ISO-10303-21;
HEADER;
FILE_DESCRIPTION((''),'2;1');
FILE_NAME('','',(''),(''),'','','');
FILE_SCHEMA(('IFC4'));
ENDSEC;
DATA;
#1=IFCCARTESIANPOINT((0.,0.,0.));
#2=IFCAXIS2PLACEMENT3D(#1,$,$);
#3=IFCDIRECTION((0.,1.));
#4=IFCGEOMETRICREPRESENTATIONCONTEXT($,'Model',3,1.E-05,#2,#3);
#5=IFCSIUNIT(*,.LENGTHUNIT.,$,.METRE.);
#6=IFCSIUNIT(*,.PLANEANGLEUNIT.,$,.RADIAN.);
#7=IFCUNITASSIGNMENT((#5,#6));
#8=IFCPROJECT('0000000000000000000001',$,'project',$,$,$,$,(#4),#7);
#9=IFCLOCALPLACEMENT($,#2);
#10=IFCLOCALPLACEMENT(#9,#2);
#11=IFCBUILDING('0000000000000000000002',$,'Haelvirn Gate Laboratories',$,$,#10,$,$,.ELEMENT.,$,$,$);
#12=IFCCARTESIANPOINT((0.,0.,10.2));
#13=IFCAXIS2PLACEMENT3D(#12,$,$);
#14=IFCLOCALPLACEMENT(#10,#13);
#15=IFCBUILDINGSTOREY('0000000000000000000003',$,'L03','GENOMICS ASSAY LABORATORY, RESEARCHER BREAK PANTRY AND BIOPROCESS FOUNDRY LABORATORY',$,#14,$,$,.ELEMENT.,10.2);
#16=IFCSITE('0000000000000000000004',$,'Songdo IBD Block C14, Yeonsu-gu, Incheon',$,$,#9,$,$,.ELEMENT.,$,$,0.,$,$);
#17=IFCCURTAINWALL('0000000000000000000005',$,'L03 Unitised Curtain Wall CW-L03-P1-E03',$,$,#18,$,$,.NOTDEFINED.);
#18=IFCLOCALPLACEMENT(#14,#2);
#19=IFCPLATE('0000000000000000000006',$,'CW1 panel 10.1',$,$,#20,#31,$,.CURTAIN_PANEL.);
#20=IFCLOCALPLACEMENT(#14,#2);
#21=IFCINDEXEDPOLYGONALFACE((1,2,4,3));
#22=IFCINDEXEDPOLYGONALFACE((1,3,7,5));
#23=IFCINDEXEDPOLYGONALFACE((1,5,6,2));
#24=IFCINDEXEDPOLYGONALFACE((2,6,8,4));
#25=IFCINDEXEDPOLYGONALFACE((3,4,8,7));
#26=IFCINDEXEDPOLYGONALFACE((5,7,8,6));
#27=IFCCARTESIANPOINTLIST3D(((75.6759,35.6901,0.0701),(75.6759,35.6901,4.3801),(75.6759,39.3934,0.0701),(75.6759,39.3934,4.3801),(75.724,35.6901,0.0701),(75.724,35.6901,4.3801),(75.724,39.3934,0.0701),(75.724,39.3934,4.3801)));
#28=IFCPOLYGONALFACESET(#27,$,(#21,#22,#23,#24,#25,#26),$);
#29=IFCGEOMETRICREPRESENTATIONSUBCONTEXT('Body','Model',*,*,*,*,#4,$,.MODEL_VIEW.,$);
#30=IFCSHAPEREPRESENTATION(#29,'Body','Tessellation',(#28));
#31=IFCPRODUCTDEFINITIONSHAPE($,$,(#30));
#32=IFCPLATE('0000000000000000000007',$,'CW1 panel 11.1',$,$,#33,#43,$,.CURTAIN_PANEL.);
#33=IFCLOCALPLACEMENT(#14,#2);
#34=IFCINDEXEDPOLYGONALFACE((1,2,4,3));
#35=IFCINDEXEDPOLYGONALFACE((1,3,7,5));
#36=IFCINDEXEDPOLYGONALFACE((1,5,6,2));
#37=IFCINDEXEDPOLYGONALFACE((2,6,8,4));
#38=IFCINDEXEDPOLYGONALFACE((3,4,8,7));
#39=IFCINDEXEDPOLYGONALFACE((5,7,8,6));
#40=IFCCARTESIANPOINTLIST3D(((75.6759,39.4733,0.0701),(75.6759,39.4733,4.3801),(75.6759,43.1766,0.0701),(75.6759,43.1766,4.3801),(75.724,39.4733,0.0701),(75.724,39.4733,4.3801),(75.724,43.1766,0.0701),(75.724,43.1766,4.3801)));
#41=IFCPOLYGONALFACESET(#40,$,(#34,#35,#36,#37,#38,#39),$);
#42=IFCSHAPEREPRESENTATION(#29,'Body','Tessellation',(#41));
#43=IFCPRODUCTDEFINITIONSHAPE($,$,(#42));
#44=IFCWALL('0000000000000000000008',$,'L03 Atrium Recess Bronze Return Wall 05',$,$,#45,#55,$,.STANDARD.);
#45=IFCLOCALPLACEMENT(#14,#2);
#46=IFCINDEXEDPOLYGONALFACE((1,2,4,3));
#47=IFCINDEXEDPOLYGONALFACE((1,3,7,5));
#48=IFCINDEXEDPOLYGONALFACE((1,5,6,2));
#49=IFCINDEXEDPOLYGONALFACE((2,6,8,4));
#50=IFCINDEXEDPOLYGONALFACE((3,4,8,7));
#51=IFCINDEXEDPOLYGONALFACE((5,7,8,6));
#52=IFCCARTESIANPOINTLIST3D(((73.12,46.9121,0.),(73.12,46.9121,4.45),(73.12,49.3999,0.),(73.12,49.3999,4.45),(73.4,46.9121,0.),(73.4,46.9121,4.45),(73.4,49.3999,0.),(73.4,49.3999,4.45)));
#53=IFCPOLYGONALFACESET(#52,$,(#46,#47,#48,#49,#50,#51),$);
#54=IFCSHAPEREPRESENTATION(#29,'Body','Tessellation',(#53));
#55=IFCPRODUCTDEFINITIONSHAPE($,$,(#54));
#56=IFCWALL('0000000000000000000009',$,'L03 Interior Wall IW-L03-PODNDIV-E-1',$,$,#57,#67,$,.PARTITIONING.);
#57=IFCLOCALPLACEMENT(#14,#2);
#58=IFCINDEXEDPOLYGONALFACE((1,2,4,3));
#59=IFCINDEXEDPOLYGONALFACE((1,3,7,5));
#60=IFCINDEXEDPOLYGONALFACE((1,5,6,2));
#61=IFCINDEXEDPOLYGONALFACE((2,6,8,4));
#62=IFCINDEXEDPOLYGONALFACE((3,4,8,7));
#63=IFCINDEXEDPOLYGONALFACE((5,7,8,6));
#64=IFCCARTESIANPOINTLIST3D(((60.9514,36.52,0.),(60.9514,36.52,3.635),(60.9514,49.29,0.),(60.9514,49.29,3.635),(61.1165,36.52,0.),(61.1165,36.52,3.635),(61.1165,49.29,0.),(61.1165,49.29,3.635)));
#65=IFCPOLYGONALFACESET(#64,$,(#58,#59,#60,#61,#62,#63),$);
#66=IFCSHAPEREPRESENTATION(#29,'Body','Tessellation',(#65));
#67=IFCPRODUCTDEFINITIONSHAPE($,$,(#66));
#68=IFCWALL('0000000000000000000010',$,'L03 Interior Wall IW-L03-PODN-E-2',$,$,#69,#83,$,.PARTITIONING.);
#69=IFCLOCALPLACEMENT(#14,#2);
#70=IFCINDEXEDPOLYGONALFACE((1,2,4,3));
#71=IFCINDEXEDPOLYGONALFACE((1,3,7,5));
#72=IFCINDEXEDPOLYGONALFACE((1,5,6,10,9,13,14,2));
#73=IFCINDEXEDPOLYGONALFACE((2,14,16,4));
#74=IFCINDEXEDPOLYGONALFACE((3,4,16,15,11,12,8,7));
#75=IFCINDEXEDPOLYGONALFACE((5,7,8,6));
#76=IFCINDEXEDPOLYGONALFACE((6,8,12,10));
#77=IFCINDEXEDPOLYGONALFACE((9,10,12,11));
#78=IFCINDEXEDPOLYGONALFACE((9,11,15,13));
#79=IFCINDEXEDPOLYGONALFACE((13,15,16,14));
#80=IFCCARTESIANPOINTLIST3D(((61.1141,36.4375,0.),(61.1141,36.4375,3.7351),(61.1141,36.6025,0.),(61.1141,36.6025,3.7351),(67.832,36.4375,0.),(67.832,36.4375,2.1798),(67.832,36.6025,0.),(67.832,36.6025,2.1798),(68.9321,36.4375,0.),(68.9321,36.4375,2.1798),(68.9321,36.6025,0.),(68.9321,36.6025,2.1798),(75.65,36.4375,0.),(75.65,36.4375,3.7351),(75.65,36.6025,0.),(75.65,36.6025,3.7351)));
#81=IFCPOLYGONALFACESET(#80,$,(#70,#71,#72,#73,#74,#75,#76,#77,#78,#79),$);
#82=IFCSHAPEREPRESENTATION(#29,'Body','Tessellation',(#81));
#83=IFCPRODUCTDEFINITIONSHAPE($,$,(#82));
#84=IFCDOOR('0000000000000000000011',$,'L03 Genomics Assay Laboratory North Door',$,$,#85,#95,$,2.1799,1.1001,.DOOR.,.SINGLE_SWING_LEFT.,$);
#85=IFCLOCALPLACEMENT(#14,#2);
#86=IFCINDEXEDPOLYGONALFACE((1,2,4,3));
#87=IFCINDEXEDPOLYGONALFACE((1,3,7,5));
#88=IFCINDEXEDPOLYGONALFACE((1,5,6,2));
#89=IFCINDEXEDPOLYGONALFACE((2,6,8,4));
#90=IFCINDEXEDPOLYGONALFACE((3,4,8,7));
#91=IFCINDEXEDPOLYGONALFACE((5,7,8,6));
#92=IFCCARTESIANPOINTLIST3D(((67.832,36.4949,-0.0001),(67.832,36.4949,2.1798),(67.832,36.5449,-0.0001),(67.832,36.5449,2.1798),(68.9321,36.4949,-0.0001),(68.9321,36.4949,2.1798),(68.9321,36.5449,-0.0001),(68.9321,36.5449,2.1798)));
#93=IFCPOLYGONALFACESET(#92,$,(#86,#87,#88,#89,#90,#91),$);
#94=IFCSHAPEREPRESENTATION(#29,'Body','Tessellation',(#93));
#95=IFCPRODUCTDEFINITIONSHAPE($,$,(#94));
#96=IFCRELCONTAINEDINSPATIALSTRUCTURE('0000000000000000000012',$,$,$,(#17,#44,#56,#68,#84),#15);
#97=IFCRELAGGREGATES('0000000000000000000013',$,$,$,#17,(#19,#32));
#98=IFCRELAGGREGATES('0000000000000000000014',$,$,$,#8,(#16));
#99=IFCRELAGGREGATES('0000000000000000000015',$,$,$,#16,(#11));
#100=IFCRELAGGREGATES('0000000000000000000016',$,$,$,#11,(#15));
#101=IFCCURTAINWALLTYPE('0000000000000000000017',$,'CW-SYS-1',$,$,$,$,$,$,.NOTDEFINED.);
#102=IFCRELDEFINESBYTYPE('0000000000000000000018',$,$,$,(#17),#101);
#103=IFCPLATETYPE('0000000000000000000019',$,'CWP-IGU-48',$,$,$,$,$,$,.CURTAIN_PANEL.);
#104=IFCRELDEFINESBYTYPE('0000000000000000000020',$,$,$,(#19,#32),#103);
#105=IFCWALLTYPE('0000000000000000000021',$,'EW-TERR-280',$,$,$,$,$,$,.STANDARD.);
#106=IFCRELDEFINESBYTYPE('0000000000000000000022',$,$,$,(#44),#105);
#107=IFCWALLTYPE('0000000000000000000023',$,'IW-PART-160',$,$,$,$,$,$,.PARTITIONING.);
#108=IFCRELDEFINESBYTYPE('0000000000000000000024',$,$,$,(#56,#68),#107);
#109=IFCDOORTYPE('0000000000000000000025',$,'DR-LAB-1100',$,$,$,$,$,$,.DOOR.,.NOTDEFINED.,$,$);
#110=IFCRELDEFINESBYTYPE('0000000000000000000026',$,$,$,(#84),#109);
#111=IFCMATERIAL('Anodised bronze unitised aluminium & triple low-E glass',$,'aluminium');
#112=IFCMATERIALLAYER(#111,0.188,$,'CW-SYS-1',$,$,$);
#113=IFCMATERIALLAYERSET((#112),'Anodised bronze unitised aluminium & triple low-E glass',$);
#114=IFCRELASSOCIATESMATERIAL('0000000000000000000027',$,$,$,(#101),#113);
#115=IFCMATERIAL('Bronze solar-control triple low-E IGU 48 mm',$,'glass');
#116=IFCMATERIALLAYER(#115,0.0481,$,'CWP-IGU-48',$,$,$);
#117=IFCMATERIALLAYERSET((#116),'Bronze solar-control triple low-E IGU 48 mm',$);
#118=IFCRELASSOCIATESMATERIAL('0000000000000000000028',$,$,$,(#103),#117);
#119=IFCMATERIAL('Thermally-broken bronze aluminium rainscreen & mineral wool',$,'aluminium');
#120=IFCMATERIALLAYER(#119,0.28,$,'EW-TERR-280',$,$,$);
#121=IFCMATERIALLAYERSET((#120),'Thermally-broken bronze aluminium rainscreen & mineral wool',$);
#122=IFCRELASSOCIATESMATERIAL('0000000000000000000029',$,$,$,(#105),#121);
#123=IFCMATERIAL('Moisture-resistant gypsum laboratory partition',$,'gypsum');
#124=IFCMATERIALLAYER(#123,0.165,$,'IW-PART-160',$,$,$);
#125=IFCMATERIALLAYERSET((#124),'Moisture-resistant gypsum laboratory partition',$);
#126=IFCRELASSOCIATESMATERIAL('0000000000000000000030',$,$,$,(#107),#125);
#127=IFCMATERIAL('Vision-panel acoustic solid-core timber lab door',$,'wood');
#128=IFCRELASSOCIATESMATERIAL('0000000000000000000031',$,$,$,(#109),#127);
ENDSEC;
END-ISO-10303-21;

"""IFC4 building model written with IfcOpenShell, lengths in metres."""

from ifc_helpers import new_model, si_unit, direction, frame, frame_2d, origin, origin_2d, place, context, subcontext, project, spatial, rectangle, extrude, source, transform, mapped, material, layer, layer_set, type_object, type_shapes, element, fill, aggregate, save


model = new_model("IFC4")

# Units and contexts
model_context = context("Model", 3, precision=1e-05, world=origin(), true_north=direction((0.0, 1.0)))
body_context = subcontext(model_context, "Body", "Model", "MODEL_VIEW")
ifc_project = project(units=[si_unit("LENGTHUNIT", "METRE"), si_unit("PLANEANGLEUNIT", "RADIAN")], contexts=[model_context])

# Site, building, storey
site_placement = place(None, origin())
site = spatial("IfcSite", under=ifc_project, at=site_placement, Name="Songdo IBD Block C14, Yeonsu-gu, Incheon", CompositionType="ELEMENT", RefElevation=0.0)
building_placement = place(site_placement, origin())
building = spatial("IfcBuilding", under=site, at=building_placement, Name="Haelvirn Gate Laboratories", CompositionType="ELEMENT")
storey_placement = place(building_placement, frame((0.0, 0.0, 10.2)))
storey = spatial("IfcBuildingStorey", under=building, at=storey_placement, Name="L03", Description="GENOMICS ASSAY LABORATORY, RESEARCHER BREAK PANTRY AND BIOPROCESS FOUNDRY LABORATORY", CompositionType="ELEMENT", Elevation=10.2)

# Curtain wall
ifc_material_1 = material(Name="Anodised bronze unitised aluminium & triple low-E glass", Category="aluminium")
ifc_layer_1 = layer(ifc_material_1, 0.188, Name="CW-SYS-1")
ifc_layer_set_1 = layer_set([ifc_layer_1], Name="Anodised bronze unitised aluminium & triple low-E glass")
curtain_wall_type_1 = type_object("IfcCurtainWallType", Name="CW-SYS-1", PredefinedType="NOTDEFINED", material=ifc_layer_set_1)
curtain_wall_1_placement = place(storey_placement, origin())
curtain_wall_1 = element("IfcCurtainWall", 1, at=curtain_wall_1_placement, inside=storey, type_object=curtain_wall_type_1, Name="L03 Unitised Curtain Wall CW-L03-P1-E03", PredefinedType="NOTDEFINED")

# Plates
ifc_material_2 = material(Name="Bronze solar-control triple low-E IGU 48 mm", Category="glass")
ifc_layer_2 = layer(ifc_material_2, 0.0481, Name="CWP-IGU-48")
ifc_layer_set_2 = layer_set([ifc_layer_2], Name="Bronze solar-control triple low-E IGU 48 mm")
plate_type_1 = type_object("IfcPlateType", Name="CWP-IGU-48", PredefinedType="CURTAIN_PANEL", material=ifc_layer_set_2)
shared_shape_1 = source(origin(), body_context, "Body", "SweptSolid", [
    extrude(rectangle(XDim=3.7034, YDim=0.0481, at=origin_2d()), origin(), (0.0, 0.0, 1.0), 4.3101),
])
plate_1_placement = place(storey_placement, frame((75.7, 37.5417, 0.0701), z_axis=(0.0, 0.0, 1.0), x_axis=(0.0, 1.0, 0.0)))
plate_1 = element("IfcPlate", 2, at=plate_1_placement, type_object=plate_type_1, Name="CW1 panel 10.1", PredefinedType="CURTAIN_PANEL", context=body_context, shape_type="MappedRepresentation", body=[
    mapped(shared_shape_1, transform((0.0, 0.0, 0.0), scale=1.0)),
])
plate_2_placement = place(storey_placement, frame((75.7, 41.325, 0.0701), z_axis=(0.0, 0.0, 1.0), x_axis=(0.0, 1.0, 0.0)))
plate_2 = element("IfcPlate", 3, at=plate_2_placement, type_object=plate_type_1, Name="CW1 panel 11.1", PredefinedType="CURTAIN_PANEL", context=body_context, shape_type="MappedRepresentation", body=[
    mapped(shared_shape_1, transform((0.0, 0.0, 0.0), scale=1.0)),
])
aggregate(curtain_wall_1, [plate_1, plate_2])

# Walls
ifc_material_3 = material(Name="Thermally-broken bronze aluminium rainscreen & mineral wool", Category="aluminium")
ifc_layer_3 = layer(ifc_material_3, 0.28, Name="EW-TERR-280")
ifc_layer_set_3 = layer_set([ifc_layer_3], Name="Thermally-broken bronze aluminium rainscreen & mineral wool")
wall_type_1 = type_object("IfcWallType", Name="EW-TERR-280", PredefinedType="STANDARD", material=ifc_layer_set_3)
wall_1_placement = place(storey_placement, frame((73.26, 46.9121, 0.0), z_axis=(0.0, 0.0, 1.0), x_axis=(0.0, 1.0, 0.0)))
element("IfcWall", 4, at=wall_1_placement, inside=storey, type_object=wall_type_1, Name="L03 Atrium Recess Bronze Return Wall 05", PredefinedType="STANDARD", context=body_context, shape_type="SweptSolid", body=[
    extrude(rectangle(XDim=2.4878, YDim=0.28, at=frame_2d((1.2439, 0.0))), origin(), (0.0, 0.0, 1.0), 4.45),
])
ifc_material_4 = material(Name="Moisture-resistant gypsum laboratory partition", Category="gypsum")
ifc_layer_4 = layer(ifc_material_4, 0.165, Name="IW-PART-160")
ifc_layer_set_4 = layer_set([ifc_layer_4], Name="Moisture-resistant gypsum laboratory partition")
wall_type_2 = type_object("IfcWallType", Name="IW-PART-160", PredefinedType="PARTITIONING", material=ifc_layer_set_4)
wall_2_placement = place(storey_placement, frame((61.0339, 36.52, 0.0), z_axis=(0.0, 0.0, 1.0), x_axis=(0.0, 1.0, 0.0)))
element("IfcWall", 5, at=wall_2_placement, inside=storey, type_object=wall_type_2, Name="L03 Interior Wall IW-L03-PODNDIV-E-1", PredefinedType="PARTITIONING", context=body_context, shape_type="SweptSolid", body=[
    extrude(rectangle(XDim=12.77, YDim=0.165, at=frame_2d((6.385, 0.0))), origin(), (0.0, 0.0, 1.0), 3.635),
])

# Wall, opening, door
wall_3_placement = place(storey_placement, frame((61.114, 36.52, 0.0), z_axis=(0.0, 0.0, 1.0), x_axis=(1.0, 0.0, 0.0)))
wall_3 = element("IfcWall", 6, at=wall_3_placement, inside=storey, type_object=wall_type_2, Name="L03 Interior Wall IW-L03-PODN-E-2", PredefinedType="PARTITIONING", context=body_context, shape_type="SweptSolid", body=[
    extrude(rectangle(XDim=14.5359, YDim=0.165, at=frame_2d((7.2681, 0.0))), origin(), (0.0, 0.0, 1.0), 3.7351),
])
opening_placement = place(wall_3_placement, frame((6.718, 0.0, 0.0)))
opening = element("IfcOpeningElement", 7, at=opening_placement, cuts=wall_3, PredefinedType="OPENING", context=body_context, shape_type="SweptSolid", body=[
    extrude(rectangle(XDim=1.1001, YDim=2.1799, at=frame_2d((0.55, 1.0898))), frame((0.0, 0.0925, 0.0), z_axis=(0.0, -1.0, 0.0), x_axis=(1.0, 0.0, 0.0)), (0.0, 0.0, 1.0), 0.1851),
])
ifc_material_5 = material(Name="Vision-panel acoustic solid-core timber lab door", Category="wood")
door_type = type_object("IfcDoorType", Name="DR-LAB-1100", OperationType="NOTDEFINED", PredefinedType="DOOR", material=ifc_material_5)
shared_shape_2 = source(origin(), body_context, "Body", "SweptSolid", [
    extrude(rectangle(XDim=1.1001, YDim=2.1799, at=frame_2d((0.55, 1.0898))), frame((0.0, 0.0249, 0.0), z_axis=(0.0, -1.0, 0.0), x_axis=(1.0, 0.0, 0.0)), (0.0, 0.0, 1.0), 0.05),
])
type_shapes(door_type, [shared_shape_2])
door_placement = place(opening_placement, origin())
door = element("IfcDoor", 8, at=door_placement, inside=storey, type_object=door_type, Name="L03 Genomics Assay Laboratory North Door", OperationType="SINGLE_SWING_LEFT", OverallHeight=2.1799, OverallWidth=1.1001, PredefinedType="DOOR", context=body_context, shape_type="MappedRepresentation", body=[
    mapped(shared_shape_2, transform((0.0, 0.0, 0.0), scale=1.0)),
])
fill(opening, door)

save(model, "model.ifc")
